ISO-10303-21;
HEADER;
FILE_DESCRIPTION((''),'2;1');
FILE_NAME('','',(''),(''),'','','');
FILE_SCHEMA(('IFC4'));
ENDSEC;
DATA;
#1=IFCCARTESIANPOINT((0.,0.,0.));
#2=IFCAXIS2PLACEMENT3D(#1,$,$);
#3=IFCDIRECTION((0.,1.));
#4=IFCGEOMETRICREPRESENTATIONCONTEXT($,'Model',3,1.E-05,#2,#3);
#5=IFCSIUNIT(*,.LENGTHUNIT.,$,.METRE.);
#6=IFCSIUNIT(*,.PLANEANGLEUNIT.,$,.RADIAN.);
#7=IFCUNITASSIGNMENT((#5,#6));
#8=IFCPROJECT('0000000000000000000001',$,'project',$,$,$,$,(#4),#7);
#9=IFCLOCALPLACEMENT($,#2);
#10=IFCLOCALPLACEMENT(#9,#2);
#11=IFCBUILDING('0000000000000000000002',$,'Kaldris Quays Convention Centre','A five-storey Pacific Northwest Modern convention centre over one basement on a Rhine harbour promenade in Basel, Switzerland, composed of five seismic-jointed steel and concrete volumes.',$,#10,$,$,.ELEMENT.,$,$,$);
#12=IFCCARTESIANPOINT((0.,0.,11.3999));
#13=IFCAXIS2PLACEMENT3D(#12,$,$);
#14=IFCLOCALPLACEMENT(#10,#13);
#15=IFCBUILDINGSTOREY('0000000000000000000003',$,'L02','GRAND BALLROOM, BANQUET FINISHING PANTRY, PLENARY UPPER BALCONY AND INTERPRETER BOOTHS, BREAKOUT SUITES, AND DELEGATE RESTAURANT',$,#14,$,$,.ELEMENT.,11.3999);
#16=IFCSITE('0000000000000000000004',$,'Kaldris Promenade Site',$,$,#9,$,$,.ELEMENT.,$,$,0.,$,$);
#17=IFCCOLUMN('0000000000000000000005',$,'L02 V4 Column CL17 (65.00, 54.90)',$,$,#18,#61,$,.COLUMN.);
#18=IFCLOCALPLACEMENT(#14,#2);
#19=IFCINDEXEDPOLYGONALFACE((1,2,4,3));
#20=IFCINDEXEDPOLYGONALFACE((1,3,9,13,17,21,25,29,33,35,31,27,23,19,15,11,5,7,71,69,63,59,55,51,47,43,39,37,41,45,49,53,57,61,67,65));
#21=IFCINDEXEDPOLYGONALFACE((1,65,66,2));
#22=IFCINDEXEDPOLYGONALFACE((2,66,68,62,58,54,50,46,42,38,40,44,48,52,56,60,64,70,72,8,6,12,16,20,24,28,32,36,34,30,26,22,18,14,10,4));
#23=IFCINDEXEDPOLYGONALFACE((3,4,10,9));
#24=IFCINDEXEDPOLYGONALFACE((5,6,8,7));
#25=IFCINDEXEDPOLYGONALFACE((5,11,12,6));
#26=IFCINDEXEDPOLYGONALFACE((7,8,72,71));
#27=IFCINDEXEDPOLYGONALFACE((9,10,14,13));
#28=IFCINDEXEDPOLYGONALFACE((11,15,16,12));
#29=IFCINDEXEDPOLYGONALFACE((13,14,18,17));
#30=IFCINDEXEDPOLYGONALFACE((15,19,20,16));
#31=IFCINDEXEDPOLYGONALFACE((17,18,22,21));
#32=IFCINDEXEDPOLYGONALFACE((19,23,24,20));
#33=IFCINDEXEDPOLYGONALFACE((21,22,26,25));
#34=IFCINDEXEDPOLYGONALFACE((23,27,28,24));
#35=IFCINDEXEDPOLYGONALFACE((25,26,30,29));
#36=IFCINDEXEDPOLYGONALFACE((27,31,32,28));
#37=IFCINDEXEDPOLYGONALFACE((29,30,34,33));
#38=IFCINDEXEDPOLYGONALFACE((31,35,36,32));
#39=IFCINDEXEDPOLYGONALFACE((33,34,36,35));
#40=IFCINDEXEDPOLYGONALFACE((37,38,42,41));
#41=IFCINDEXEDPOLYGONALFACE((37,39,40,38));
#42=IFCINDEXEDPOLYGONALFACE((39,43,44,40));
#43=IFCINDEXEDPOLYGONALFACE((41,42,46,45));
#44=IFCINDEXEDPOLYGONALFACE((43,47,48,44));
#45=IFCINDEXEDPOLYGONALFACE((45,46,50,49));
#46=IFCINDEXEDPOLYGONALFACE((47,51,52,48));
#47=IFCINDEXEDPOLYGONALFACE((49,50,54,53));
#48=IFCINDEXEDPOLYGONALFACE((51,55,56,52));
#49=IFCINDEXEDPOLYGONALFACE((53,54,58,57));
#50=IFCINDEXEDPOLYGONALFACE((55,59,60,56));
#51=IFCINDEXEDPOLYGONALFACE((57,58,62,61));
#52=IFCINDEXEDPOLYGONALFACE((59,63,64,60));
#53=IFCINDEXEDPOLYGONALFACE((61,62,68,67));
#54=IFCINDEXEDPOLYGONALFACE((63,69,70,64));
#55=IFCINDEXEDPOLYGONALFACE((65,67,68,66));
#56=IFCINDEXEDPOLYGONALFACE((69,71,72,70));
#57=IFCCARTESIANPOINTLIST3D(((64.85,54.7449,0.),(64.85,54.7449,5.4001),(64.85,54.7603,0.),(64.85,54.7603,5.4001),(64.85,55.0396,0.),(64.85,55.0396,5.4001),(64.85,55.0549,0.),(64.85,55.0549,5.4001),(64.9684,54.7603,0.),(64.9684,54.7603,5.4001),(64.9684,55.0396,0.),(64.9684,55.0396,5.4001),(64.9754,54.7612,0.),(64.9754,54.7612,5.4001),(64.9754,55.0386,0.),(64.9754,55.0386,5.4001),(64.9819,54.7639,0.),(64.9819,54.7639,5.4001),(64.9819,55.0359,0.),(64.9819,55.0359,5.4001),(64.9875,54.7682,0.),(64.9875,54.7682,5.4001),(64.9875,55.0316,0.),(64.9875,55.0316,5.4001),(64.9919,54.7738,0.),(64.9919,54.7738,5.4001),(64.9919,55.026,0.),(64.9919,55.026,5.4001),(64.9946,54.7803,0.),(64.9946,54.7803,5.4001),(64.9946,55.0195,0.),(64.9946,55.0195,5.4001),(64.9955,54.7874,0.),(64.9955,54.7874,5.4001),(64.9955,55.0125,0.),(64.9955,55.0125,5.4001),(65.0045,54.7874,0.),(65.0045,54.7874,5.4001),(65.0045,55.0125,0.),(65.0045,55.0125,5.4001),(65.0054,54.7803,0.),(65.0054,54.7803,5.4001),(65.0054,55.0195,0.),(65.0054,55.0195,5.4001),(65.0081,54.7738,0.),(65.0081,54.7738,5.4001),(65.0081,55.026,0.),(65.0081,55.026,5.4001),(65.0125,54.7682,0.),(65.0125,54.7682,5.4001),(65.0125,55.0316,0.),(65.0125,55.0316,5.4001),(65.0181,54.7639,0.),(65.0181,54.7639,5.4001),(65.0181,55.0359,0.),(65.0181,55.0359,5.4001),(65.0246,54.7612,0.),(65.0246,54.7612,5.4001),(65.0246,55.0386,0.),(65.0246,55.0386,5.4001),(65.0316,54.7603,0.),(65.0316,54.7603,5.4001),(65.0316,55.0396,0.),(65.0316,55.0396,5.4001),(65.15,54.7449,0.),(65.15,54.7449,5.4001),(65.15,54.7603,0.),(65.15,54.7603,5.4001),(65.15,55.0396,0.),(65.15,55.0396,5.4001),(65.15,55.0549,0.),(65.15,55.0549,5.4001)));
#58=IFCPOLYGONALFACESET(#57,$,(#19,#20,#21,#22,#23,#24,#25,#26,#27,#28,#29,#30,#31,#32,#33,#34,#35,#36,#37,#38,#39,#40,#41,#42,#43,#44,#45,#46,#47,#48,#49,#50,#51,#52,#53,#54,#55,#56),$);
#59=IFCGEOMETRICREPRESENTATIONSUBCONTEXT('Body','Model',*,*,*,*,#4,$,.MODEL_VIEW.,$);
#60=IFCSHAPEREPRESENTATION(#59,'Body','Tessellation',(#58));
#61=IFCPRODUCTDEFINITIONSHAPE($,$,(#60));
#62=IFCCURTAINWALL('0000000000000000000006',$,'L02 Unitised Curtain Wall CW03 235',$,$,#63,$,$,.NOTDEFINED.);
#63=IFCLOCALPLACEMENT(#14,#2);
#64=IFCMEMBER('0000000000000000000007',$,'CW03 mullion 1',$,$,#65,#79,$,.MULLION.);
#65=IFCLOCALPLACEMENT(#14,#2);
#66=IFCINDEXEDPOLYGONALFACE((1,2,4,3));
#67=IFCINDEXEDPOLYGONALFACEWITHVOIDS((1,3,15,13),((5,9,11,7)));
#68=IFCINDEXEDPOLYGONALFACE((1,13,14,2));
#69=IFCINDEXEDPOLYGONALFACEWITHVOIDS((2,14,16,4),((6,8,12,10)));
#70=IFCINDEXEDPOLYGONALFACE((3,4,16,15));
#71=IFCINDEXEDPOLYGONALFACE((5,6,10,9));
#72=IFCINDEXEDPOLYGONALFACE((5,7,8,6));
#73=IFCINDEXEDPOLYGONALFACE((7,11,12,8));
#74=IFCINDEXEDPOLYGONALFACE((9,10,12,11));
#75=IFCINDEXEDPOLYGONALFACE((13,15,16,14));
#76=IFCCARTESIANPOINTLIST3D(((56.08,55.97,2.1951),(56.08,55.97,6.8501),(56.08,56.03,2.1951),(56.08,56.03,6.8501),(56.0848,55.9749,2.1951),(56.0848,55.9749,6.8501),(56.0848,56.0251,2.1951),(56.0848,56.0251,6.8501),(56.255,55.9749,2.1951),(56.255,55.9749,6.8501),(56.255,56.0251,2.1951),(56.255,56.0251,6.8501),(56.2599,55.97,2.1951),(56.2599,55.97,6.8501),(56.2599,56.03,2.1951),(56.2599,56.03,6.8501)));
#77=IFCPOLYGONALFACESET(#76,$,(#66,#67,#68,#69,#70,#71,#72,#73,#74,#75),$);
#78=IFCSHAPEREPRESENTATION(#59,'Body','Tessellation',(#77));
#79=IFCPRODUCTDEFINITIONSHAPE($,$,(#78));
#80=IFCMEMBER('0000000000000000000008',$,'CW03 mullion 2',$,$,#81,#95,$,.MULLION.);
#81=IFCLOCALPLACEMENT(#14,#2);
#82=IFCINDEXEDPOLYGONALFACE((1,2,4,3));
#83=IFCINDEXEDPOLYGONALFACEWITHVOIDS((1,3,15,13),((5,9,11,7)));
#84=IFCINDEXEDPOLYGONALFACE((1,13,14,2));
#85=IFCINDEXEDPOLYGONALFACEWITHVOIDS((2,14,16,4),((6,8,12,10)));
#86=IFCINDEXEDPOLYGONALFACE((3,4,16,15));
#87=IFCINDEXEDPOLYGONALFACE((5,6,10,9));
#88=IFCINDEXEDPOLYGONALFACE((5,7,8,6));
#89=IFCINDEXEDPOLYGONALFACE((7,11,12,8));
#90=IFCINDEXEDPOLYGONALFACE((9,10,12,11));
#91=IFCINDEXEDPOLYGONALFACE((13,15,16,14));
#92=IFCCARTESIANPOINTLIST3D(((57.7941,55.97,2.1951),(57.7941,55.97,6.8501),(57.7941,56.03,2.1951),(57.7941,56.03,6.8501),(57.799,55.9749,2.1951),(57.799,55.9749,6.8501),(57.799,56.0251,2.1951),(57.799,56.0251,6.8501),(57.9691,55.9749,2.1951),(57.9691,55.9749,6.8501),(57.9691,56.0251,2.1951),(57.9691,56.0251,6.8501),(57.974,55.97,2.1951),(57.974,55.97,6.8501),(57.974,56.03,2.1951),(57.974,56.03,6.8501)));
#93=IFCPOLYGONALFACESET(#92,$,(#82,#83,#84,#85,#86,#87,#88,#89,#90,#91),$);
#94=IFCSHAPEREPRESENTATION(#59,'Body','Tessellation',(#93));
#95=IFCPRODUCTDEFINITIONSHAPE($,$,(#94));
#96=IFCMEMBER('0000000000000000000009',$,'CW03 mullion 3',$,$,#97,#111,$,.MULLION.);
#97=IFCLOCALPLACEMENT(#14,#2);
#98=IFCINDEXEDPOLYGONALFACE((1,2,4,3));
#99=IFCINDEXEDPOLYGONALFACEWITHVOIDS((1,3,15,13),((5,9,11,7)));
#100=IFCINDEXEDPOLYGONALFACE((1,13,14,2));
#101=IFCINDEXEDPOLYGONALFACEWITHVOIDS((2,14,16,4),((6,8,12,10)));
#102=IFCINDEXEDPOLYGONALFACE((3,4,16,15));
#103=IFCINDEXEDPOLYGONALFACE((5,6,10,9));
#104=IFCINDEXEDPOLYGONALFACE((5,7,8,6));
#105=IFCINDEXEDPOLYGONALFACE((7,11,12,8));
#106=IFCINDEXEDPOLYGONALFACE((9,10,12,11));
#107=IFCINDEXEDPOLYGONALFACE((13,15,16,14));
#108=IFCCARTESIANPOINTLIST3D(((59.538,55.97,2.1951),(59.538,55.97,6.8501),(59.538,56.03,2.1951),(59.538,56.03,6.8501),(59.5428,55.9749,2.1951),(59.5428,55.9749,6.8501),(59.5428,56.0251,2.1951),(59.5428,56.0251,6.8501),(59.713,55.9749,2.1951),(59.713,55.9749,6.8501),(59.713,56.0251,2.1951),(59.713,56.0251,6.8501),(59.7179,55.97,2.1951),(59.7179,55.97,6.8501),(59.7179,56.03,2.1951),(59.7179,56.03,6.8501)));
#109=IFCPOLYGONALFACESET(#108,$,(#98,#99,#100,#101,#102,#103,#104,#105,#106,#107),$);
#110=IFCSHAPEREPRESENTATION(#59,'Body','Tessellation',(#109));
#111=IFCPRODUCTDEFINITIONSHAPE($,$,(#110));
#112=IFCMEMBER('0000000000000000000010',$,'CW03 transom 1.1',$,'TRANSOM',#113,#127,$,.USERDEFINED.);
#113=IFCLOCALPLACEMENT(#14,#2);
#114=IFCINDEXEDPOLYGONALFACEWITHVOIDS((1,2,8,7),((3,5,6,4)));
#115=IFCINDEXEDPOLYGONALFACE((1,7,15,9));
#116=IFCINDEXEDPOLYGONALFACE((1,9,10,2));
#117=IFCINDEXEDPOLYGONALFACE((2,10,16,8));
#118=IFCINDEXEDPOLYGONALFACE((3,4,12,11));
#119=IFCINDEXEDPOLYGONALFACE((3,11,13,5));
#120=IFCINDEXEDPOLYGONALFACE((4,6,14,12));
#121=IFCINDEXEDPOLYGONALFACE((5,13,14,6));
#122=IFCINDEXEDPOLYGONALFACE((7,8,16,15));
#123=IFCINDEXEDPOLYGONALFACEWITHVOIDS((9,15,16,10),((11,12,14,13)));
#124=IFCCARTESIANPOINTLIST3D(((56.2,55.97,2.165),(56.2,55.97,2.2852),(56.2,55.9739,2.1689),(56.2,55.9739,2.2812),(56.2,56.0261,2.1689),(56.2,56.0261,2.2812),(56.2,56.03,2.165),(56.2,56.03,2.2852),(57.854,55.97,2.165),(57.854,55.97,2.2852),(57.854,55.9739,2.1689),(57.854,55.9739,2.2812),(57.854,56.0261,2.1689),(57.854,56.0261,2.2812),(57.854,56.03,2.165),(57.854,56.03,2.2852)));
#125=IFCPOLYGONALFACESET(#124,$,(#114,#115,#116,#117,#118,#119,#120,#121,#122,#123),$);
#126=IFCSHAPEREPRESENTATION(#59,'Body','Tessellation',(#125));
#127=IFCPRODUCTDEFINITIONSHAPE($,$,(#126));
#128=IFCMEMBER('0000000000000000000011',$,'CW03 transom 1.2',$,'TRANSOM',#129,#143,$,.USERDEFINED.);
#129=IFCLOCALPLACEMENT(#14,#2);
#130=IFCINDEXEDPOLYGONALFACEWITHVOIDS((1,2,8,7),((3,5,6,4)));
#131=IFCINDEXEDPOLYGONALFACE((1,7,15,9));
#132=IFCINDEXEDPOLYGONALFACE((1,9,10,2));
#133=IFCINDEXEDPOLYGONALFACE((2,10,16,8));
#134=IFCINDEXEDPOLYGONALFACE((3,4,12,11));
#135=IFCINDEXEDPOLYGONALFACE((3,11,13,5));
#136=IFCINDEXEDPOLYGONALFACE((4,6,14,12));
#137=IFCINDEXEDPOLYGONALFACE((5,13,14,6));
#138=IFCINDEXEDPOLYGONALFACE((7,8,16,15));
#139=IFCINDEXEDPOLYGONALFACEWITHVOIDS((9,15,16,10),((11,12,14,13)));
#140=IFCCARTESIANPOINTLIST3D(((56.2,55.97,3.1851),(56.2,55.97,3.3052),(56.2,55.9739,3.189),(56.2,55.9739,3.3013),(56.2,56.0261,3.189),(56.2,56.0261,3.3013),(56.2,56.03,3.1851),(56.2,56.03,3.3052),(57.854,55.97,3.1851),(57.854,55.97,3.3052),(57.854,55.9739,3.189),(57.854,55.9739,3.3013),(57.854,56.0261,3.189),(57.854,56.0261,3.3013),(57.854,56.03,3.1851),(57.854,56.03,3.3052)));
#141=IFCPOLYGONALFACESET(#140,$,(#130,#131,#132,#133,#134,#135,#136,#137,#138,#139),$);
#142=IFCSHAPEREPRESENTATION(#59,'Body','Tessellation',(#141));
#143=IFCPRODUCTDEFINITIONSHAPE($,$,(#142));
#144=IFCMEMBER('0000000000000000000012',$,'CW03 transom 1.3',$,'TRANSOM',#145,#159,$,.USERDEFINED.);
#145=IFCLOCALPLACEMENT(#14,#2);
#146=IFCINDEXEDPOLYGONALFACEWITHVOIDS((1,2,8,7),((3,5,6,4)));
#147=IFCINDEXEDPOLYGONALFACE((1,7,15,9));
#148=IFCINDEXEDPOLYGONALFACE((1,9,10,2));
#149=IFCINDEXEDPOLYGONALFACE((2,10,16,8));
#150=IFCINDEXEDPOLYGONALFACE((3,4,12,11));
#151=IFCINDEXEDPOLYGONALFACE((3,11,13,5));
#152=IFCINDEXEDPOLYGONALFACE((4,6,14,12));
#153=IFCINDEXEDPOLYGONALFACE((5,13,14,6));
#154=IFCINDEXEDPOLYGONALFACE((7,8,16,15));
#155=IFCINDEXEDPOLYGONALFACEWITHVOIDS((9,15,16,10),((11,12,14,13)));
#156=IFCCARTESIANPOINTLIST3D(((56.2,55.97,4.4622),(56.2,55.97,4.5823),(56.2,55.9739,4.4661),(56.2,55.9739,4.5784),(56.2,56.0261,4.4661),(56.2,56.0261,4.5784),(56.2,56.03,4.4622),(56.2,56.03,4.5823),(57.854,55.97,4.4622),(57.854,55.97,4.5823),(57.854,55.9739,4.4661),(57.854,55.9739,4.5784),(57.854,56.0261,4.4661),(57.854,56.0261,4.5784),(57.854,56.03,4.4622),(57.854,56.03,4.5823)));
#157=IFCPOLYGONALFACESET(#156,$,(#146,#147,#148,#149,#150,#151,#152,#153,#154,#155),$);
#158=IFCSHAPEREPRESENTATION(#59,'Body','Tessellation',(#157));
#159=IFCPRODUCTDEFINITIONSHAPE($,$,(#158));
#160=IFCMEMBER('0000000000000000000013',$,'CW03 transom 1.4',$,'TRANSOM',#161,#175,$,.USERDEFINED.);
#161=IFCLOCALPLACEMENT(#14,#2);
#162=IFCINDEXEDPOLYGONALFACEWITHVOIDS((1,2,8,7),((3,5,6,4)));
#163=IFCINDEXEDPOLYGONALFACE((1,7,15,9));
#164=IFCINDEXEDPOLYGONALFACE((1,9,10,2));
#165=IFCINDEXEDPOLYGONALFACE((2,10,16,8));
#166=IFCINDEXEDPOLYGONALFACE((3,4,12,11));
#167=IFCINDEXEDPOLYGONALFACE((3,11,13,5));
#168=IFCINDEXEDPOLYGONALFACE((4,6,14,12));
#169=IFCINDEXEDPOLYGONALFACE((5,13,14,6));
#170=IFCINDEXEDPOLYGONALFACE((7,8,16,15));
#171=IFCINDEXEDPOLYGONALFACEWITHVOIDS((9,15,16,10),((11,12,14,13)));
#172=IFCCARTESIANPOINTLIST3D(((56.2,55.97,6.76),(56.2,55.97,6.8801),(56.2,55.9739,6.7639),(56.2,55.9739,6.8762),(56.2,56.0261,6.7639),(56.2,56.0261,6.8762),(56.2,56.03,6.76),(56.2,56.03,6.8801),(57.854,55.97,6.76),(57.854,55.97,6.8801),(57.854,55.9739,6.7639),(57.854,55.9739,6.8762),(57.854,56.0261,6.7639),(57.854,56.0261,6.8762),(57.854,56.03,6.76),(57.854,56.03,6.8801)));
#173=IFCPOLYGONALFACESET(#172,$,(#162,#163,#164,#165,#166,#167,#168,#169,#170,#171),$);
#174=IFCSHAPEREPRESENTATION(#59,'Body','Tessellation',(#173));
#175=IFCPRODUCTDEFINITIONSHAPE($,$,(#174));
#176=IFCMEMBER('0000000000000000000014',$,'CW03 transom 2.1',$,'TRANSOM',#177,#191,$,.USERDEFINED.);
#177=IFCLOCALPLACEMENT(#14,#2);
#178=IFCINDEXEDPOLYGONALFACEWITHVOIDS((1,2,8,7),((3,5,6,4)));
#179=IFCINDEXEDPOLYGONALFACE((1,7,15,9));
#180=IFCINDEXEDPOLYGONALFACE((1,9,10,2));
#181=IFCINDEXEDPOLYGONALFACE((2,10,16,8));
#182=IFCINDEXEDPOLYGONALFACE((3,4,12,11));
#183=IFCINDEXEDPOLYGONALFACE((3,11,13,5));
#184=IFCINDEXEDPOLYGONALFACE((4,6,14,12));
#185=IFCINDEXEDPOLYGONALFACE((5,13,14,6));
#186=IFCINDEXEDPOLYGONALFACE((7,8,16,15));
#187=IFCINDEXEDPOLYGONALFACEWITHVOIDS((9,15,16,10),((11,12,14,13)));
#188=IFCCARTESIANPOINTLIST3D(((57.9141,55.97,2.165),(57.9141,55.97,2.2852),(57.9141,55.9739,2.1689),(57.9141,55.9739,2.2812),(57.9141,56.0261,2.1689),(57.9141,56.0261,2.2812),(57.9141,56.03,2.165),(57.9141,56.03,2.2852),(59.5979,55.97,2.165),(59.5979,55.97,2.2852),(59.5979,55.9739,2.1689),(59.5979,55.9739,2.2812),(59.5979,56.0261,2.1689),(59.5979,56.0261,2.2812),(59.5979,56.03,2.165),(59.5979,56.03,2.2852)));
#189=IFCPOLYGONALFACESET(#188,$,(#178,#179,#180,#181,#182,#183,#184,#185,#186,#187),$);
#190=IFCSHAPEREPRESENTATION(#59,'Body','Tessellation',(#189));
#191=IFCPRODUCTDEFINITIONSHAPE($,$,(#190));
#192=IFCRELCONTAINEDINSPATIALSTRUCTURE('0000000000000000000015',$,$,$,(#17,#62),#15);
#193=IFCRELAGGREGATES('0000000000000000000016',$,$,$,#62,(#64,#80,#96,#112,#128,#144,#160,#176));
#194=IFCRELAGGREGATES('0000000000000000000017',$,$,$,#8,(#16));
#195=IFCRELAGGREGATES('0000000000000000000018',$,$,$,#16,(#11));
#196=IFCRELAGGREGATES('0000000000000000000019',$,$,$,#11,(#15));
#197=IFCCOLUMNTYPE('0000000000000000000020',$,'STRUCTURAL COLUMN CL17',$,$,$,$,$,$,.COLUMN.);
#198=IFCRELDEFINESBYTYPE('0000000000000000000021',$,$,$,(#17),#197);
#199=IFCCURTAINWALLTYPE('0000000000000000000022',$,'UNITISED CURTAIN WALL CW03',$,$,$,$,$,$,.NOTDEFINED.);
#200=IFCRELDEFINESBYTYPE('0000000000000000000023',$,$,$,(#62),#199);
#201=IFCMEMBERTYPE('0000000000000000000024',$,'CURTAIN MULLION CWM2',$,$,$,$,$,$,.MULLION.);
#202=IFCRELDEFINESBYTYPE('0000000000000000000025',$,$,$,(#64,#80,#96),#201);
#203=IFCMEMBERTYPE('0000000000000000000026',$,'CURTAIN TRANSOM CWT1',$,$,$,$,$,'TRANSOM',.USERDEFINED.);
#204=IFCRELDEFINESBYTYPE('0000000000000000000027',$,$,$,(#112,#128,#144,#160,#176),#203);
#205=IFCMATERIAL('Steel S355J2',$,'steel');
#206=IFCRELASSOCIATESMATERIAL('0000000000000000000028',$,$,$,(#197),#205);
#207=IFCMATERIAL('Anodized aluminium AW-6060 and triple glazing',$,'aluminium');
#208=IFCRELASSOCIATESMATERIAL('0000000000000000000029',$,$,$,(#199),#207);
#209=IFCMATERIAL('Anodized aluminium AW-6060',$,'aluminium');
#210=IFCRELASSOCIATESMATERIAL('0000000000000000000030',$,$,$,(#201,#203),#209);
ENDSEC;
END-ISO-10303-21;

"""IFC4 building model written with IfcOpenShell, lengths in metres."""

from ifc_helpers import new_model, si_unit, direction, frame, origin, origin_2d, place, context, subcontext, project, spatial, hollow_rectangle, i_section, extrude, material, material_profile, profile_set, type_object, element, aggregate, save


model = new_model("IFC4")

# Units and contexts
model_context = context("Model", 3, precision=1e-05, world=origin(), true_north=direction((0.0, 1.0)))
body_context = subcontext(model_context, "Body", "Model", "MODEL_VIEW")
ifc_project = project(units=[si_unit("LENGTHUNIT", "METRE"), si_unit("PLANEANGLEUNIT", "RADIAN")], contexts=[model_context])

# Site, building, storey
site_placement = place(None, origin())
site = spatial("IfcSite", under=ifc_project, at=site_placement, Name="Kaldris Promenade Site", CompositionType="ELEMENT", RefElevation=0.0)
building_placement = place(site_placement, origin())
building = spatial("IfcBuilding", under=site, at=building_placement, Name="Kaldris Quays Convention Centre", Description="A five-storey Pacific Northwest Modern convention centre over one basement on a Rhine harbour promenade in Basel, Switzerland, composed of five seismic-jointed steel and concrete volumes.", CompositionType="ELEMENT")
storey_placement = place(building_placement, frame((0.0, 0.0, 11.3999)))
storey = spatial("IfcBuildingStorey", under=building, at=storey_placement, Name="L02", Description="GRAND BALLROOM, BANQUET FINISHING PANTRY, PLENARY UPPER BALCONY AND INTERPRETER BOOTHS, BREAKOUT SUITES, AND DELEGATE RESTAURANT", CompositionType="ELEMENT", Elevation=11.3999)

# Column
ifc_material_1 = material(Name="Steel S355J2", Category="steel")
ifc_material_profile_1 = material_profile(ifc_material_1, i_section(OverallWidth=0.3, OverallDepth=0.3101, WebThickness=0.009, FlangeThickness=0.0154, FilletRadius=0.0271, at=origin_2d()), Name="HEA 320")
ifc_profile_set_1 = profile_set([ifc_material_profile_1], Name="Steel S355J2")
column_type = type_object("IfcColumnType", Name="STRUCTURAL COLUMN CL17", PredefinedType="COLUMN", material=ifc_profile_set_1)
column_placement = place(storey_placement, frame((65.0, 54.8999, 0.0), z_axis=(0.0, 0.0, 1.0), x_axis=(1.0, 0.0, 0.0)))
element("IfcColumn", 1, at=column_placement, inside=storey, type_object=column_type, Name="L02 V4 Column CL17 (65.00, 54.90)", PredefinedType="COLUMN", context=body_context, shape_type="SweptSolid", body=[
    extrude(i_section(OverallWidth=0.3, OverallDepth=0.3101, WebThickness=0.009, FlangeThickness=0.0154, FilletRadius=0.0271, at=origin_2d()), origin(), (0.0, 0.0, 1.0), 5.4001),
])

# Curtain wall, members
ifc_material_2 = material(Name="Anodized aluminium AW-6060 and triple glazing", Category="aluminium")
curtain_wall_type = type_object("IfcCurtainWallType", Name="UNITISED CURTAIN WALL CW03", PredefinedType="NOTDEFINED", material=ifc_material_2)
curtain_wall_placement = place(storey_placement, origin())
curtain_wall = element("IfcCurtainWall", 2, at=curtain_wall_placement, inside=storey, type_object=curtain_wall_type, Name="L02 Unitised Curtain Wall CW03 235", PredefinedType="NOTDEFINED")
ifc_material_3 = material(Name="Anodized aluminium AW-6060", Category="aluminium")
ifc_material_profile_2 = material_profile(ifc_material_3, hollow_rectangle(XDim=0.0601, YDim=0.1799, WallThickness=0.0049, at=origin_2d()), Name="RHS 180x60x5")
ifc_profile_set_2 = profile_set([ifc_material_profile_2], Name="Anodized aluminium AW-6060")
member_type_1 = type_object("IfcMemberType", Name="CURTAIN MULLION CWM2", PredefinedType="MULLION", material=ifc_profile_set_2)
member_1_placement = place(storey_placement, frame((56.1699, 56.0, 2.1951), z_axis=(0.0, 0.0, 1.0), x_axis=(0.0, 1.0, 0.0)))
member_1 = element("IfcMember", 3, at=member_1_placement, type_object=member_type_1, Name="CW03 mullion 1", PredefinedType="MULLION", context=body_context, shape_type="SweptSolid", body=[
    extrude(hollow_rectangle(XDim=0.0601, YDim=0.1799, WallThickness=0.0049, at=origin_2d()), origin(), (0.0, 0.0, 1.0), 4.655),
])
member_2_placement = place(storey_placement, frame((57.884, 56.0, 2.1951), z_axis=(0.0, 0.0, 1.0), x_axis=(0.0, 1.0, 0.0)))
member_2 = element("IfcMember", 4, at=member_2_placement, type_object=member_type_1, Name="CW03 mullion 2", PredefinedType="MULLION", context=body_context, shape_type="SweptSolid", body=[
    extrude(hollow_rectangle(XDim=0.0601, YDim=0.1799, WallThickness=0.0049, at=origin_2d()), origin(), (0.0, 0.0, 1.0), 4.655),
])
member_3_placement = place(storey_placement, frame((59.6279, 56.0, 2.1951), z_axis=(0.0, 0.0, 1.0), x_axis=(0.0, 1.0, 0.0)))
member_3 = element("IfcMember", 5, at=member_3_placement, type_object=member_type_1, Name="CW03 mullion 3", PredefinedType="MULLION", context=body_context, shape_type="SweptSolid", body=[
    extrude(hollow_rectangle(XDim=0.0601, YDim=0.1799, WallThickness=0.0049, at=origin_2d()), origin(), (0.0, 0.0, 1.0), 4.655),
])
ifc_material_profile_3 = material_profile(ifc_material_3, hollow_rectangle(XDim=0.0601, YDim=0.1201, WallThickness=0.0039, at=origin_2d()), Name="RHS 120x60x4")
ifc_profile_set_3 = profile_set([ifc_material_profile_3], Name="Anodized aluminium AW-6060")
member_type_2 = type_object("IfcMemberType", Name="CURTAIN TRANSOM CWT1", ElementType="TRANSOM", PredefinedType="USERDEFINED", material=ifc_profile_set_3)
member_4_placement = place(storey_placement, frame((56.2, 56.0, 2.2251), z_axis=(1.0, 0.0, 0.0), x_axis=(0.0, 1.0, 0.0)))
member_4 = element("IfcMember", 6, at=member_4_placement, type_object=member_type_2, Name="CW03 transom 1.1", ObjectType="TRANSOM", PredefinedType="USERDEFINED", context=body_context, shape_type="SweptSolid", body=[
    extrude(hollow_rectangle(XDim=0.0601, YDim=0.1201, WallThickness=0.0039, at=origin_2d()), origin(), (0.0, 0.0, 1.0), 1.6541),
])
member_5_placement = place(storey_placement, frame((56.2, 56.0, 3.2451), z_axis=(1.0, 0.0, 0.0), x_axis=(0.0, 1.0, 0.0)))
member_5 = element("IfcMember", 7, at=member_5_placement, type_object=member_type_2, Name="CW03 transom 1.2", ObjectType="TRANSOM", PredefinedType="USERDEFINED", context=body_context, shape_type="SweptSolid", body=[
    extrude(hollow_rectangle(XDim=0.0601, YDim=0.1201, WallThickness=0.0039, at=origin_2d()), origin(), (0.0, 0.0, 1.0), 1.6541),
])
member_6_placement = place(storey_placement, frame((56.2, 56.0, 4.5222), z_axis=(1.0, 0.0, 0.0), x_axis=(0.0, 1.0, 0.0)))
member_6 = element("IfcMember", 8, at=member_6_placement, type_object=member_type_2, Name="CW03 transom 1.3", ObjectType="TRANSOM", PredefinedType="USERDEFINED", context=body_context, shape_type="SweptSolid", body=[
    extrude(hollow_rectangle(XDim=0.0601, YDim=0.1201, WallThickness=0.0039, at=origin_2d()), origin(), (0.0, 0.0, 1.0), 1.6541),
])
member_7_placement = place(storey_placement, frame((56.2, 56.0, 6.8201), z_axis=(1.0, 0.0, 0.0), x_axis=(0.0, 1.0, 0.0)))
member_7 = element("IfcMember", 9, at=member_7_placement, type_object=member_type_2, Name="CW03 transom 1.4", ObjectType="TRANSOM", PredefinedType="USERDEFINED", context=body_context, shape_type="SweptSolid", body=[
    extrude(hollow_rectangle(XDim=0.0601, YDim=0.1201, WallThickness=0.0039, at=origin_2d()), origin(), (0.0, 0.0, 1.0), 1.6541),
])
member_8_placement = place(storey_placement, frame((57.9141, 56.0, 2.2251), z_axis=(1.0, 0.0, 0.0), x_axis=(0.0, 1.0, 0.0)))
member_8 = element("IfcMember", 10, at=member_8_placement, type_object=member_type_2, Name="CW03 transom 2.1", ObjectType="TRANSOM", PredefinedType="USERDEFINED", context=body_context, shape_type="SweptSolid", body=[
    extrude(hollow_rectangle(XDim=0.0601, YDim=0.1201, WallThickness=0.0039, at=origin_2d()), origin(), (0.0, 0.0, 1.0), 1.6838),
])

aggregate(curtain_wall, [member_1, member_2, member_3, member_4, member_5, member_6, member_7, member_8])

save(model, "model.ifc")
